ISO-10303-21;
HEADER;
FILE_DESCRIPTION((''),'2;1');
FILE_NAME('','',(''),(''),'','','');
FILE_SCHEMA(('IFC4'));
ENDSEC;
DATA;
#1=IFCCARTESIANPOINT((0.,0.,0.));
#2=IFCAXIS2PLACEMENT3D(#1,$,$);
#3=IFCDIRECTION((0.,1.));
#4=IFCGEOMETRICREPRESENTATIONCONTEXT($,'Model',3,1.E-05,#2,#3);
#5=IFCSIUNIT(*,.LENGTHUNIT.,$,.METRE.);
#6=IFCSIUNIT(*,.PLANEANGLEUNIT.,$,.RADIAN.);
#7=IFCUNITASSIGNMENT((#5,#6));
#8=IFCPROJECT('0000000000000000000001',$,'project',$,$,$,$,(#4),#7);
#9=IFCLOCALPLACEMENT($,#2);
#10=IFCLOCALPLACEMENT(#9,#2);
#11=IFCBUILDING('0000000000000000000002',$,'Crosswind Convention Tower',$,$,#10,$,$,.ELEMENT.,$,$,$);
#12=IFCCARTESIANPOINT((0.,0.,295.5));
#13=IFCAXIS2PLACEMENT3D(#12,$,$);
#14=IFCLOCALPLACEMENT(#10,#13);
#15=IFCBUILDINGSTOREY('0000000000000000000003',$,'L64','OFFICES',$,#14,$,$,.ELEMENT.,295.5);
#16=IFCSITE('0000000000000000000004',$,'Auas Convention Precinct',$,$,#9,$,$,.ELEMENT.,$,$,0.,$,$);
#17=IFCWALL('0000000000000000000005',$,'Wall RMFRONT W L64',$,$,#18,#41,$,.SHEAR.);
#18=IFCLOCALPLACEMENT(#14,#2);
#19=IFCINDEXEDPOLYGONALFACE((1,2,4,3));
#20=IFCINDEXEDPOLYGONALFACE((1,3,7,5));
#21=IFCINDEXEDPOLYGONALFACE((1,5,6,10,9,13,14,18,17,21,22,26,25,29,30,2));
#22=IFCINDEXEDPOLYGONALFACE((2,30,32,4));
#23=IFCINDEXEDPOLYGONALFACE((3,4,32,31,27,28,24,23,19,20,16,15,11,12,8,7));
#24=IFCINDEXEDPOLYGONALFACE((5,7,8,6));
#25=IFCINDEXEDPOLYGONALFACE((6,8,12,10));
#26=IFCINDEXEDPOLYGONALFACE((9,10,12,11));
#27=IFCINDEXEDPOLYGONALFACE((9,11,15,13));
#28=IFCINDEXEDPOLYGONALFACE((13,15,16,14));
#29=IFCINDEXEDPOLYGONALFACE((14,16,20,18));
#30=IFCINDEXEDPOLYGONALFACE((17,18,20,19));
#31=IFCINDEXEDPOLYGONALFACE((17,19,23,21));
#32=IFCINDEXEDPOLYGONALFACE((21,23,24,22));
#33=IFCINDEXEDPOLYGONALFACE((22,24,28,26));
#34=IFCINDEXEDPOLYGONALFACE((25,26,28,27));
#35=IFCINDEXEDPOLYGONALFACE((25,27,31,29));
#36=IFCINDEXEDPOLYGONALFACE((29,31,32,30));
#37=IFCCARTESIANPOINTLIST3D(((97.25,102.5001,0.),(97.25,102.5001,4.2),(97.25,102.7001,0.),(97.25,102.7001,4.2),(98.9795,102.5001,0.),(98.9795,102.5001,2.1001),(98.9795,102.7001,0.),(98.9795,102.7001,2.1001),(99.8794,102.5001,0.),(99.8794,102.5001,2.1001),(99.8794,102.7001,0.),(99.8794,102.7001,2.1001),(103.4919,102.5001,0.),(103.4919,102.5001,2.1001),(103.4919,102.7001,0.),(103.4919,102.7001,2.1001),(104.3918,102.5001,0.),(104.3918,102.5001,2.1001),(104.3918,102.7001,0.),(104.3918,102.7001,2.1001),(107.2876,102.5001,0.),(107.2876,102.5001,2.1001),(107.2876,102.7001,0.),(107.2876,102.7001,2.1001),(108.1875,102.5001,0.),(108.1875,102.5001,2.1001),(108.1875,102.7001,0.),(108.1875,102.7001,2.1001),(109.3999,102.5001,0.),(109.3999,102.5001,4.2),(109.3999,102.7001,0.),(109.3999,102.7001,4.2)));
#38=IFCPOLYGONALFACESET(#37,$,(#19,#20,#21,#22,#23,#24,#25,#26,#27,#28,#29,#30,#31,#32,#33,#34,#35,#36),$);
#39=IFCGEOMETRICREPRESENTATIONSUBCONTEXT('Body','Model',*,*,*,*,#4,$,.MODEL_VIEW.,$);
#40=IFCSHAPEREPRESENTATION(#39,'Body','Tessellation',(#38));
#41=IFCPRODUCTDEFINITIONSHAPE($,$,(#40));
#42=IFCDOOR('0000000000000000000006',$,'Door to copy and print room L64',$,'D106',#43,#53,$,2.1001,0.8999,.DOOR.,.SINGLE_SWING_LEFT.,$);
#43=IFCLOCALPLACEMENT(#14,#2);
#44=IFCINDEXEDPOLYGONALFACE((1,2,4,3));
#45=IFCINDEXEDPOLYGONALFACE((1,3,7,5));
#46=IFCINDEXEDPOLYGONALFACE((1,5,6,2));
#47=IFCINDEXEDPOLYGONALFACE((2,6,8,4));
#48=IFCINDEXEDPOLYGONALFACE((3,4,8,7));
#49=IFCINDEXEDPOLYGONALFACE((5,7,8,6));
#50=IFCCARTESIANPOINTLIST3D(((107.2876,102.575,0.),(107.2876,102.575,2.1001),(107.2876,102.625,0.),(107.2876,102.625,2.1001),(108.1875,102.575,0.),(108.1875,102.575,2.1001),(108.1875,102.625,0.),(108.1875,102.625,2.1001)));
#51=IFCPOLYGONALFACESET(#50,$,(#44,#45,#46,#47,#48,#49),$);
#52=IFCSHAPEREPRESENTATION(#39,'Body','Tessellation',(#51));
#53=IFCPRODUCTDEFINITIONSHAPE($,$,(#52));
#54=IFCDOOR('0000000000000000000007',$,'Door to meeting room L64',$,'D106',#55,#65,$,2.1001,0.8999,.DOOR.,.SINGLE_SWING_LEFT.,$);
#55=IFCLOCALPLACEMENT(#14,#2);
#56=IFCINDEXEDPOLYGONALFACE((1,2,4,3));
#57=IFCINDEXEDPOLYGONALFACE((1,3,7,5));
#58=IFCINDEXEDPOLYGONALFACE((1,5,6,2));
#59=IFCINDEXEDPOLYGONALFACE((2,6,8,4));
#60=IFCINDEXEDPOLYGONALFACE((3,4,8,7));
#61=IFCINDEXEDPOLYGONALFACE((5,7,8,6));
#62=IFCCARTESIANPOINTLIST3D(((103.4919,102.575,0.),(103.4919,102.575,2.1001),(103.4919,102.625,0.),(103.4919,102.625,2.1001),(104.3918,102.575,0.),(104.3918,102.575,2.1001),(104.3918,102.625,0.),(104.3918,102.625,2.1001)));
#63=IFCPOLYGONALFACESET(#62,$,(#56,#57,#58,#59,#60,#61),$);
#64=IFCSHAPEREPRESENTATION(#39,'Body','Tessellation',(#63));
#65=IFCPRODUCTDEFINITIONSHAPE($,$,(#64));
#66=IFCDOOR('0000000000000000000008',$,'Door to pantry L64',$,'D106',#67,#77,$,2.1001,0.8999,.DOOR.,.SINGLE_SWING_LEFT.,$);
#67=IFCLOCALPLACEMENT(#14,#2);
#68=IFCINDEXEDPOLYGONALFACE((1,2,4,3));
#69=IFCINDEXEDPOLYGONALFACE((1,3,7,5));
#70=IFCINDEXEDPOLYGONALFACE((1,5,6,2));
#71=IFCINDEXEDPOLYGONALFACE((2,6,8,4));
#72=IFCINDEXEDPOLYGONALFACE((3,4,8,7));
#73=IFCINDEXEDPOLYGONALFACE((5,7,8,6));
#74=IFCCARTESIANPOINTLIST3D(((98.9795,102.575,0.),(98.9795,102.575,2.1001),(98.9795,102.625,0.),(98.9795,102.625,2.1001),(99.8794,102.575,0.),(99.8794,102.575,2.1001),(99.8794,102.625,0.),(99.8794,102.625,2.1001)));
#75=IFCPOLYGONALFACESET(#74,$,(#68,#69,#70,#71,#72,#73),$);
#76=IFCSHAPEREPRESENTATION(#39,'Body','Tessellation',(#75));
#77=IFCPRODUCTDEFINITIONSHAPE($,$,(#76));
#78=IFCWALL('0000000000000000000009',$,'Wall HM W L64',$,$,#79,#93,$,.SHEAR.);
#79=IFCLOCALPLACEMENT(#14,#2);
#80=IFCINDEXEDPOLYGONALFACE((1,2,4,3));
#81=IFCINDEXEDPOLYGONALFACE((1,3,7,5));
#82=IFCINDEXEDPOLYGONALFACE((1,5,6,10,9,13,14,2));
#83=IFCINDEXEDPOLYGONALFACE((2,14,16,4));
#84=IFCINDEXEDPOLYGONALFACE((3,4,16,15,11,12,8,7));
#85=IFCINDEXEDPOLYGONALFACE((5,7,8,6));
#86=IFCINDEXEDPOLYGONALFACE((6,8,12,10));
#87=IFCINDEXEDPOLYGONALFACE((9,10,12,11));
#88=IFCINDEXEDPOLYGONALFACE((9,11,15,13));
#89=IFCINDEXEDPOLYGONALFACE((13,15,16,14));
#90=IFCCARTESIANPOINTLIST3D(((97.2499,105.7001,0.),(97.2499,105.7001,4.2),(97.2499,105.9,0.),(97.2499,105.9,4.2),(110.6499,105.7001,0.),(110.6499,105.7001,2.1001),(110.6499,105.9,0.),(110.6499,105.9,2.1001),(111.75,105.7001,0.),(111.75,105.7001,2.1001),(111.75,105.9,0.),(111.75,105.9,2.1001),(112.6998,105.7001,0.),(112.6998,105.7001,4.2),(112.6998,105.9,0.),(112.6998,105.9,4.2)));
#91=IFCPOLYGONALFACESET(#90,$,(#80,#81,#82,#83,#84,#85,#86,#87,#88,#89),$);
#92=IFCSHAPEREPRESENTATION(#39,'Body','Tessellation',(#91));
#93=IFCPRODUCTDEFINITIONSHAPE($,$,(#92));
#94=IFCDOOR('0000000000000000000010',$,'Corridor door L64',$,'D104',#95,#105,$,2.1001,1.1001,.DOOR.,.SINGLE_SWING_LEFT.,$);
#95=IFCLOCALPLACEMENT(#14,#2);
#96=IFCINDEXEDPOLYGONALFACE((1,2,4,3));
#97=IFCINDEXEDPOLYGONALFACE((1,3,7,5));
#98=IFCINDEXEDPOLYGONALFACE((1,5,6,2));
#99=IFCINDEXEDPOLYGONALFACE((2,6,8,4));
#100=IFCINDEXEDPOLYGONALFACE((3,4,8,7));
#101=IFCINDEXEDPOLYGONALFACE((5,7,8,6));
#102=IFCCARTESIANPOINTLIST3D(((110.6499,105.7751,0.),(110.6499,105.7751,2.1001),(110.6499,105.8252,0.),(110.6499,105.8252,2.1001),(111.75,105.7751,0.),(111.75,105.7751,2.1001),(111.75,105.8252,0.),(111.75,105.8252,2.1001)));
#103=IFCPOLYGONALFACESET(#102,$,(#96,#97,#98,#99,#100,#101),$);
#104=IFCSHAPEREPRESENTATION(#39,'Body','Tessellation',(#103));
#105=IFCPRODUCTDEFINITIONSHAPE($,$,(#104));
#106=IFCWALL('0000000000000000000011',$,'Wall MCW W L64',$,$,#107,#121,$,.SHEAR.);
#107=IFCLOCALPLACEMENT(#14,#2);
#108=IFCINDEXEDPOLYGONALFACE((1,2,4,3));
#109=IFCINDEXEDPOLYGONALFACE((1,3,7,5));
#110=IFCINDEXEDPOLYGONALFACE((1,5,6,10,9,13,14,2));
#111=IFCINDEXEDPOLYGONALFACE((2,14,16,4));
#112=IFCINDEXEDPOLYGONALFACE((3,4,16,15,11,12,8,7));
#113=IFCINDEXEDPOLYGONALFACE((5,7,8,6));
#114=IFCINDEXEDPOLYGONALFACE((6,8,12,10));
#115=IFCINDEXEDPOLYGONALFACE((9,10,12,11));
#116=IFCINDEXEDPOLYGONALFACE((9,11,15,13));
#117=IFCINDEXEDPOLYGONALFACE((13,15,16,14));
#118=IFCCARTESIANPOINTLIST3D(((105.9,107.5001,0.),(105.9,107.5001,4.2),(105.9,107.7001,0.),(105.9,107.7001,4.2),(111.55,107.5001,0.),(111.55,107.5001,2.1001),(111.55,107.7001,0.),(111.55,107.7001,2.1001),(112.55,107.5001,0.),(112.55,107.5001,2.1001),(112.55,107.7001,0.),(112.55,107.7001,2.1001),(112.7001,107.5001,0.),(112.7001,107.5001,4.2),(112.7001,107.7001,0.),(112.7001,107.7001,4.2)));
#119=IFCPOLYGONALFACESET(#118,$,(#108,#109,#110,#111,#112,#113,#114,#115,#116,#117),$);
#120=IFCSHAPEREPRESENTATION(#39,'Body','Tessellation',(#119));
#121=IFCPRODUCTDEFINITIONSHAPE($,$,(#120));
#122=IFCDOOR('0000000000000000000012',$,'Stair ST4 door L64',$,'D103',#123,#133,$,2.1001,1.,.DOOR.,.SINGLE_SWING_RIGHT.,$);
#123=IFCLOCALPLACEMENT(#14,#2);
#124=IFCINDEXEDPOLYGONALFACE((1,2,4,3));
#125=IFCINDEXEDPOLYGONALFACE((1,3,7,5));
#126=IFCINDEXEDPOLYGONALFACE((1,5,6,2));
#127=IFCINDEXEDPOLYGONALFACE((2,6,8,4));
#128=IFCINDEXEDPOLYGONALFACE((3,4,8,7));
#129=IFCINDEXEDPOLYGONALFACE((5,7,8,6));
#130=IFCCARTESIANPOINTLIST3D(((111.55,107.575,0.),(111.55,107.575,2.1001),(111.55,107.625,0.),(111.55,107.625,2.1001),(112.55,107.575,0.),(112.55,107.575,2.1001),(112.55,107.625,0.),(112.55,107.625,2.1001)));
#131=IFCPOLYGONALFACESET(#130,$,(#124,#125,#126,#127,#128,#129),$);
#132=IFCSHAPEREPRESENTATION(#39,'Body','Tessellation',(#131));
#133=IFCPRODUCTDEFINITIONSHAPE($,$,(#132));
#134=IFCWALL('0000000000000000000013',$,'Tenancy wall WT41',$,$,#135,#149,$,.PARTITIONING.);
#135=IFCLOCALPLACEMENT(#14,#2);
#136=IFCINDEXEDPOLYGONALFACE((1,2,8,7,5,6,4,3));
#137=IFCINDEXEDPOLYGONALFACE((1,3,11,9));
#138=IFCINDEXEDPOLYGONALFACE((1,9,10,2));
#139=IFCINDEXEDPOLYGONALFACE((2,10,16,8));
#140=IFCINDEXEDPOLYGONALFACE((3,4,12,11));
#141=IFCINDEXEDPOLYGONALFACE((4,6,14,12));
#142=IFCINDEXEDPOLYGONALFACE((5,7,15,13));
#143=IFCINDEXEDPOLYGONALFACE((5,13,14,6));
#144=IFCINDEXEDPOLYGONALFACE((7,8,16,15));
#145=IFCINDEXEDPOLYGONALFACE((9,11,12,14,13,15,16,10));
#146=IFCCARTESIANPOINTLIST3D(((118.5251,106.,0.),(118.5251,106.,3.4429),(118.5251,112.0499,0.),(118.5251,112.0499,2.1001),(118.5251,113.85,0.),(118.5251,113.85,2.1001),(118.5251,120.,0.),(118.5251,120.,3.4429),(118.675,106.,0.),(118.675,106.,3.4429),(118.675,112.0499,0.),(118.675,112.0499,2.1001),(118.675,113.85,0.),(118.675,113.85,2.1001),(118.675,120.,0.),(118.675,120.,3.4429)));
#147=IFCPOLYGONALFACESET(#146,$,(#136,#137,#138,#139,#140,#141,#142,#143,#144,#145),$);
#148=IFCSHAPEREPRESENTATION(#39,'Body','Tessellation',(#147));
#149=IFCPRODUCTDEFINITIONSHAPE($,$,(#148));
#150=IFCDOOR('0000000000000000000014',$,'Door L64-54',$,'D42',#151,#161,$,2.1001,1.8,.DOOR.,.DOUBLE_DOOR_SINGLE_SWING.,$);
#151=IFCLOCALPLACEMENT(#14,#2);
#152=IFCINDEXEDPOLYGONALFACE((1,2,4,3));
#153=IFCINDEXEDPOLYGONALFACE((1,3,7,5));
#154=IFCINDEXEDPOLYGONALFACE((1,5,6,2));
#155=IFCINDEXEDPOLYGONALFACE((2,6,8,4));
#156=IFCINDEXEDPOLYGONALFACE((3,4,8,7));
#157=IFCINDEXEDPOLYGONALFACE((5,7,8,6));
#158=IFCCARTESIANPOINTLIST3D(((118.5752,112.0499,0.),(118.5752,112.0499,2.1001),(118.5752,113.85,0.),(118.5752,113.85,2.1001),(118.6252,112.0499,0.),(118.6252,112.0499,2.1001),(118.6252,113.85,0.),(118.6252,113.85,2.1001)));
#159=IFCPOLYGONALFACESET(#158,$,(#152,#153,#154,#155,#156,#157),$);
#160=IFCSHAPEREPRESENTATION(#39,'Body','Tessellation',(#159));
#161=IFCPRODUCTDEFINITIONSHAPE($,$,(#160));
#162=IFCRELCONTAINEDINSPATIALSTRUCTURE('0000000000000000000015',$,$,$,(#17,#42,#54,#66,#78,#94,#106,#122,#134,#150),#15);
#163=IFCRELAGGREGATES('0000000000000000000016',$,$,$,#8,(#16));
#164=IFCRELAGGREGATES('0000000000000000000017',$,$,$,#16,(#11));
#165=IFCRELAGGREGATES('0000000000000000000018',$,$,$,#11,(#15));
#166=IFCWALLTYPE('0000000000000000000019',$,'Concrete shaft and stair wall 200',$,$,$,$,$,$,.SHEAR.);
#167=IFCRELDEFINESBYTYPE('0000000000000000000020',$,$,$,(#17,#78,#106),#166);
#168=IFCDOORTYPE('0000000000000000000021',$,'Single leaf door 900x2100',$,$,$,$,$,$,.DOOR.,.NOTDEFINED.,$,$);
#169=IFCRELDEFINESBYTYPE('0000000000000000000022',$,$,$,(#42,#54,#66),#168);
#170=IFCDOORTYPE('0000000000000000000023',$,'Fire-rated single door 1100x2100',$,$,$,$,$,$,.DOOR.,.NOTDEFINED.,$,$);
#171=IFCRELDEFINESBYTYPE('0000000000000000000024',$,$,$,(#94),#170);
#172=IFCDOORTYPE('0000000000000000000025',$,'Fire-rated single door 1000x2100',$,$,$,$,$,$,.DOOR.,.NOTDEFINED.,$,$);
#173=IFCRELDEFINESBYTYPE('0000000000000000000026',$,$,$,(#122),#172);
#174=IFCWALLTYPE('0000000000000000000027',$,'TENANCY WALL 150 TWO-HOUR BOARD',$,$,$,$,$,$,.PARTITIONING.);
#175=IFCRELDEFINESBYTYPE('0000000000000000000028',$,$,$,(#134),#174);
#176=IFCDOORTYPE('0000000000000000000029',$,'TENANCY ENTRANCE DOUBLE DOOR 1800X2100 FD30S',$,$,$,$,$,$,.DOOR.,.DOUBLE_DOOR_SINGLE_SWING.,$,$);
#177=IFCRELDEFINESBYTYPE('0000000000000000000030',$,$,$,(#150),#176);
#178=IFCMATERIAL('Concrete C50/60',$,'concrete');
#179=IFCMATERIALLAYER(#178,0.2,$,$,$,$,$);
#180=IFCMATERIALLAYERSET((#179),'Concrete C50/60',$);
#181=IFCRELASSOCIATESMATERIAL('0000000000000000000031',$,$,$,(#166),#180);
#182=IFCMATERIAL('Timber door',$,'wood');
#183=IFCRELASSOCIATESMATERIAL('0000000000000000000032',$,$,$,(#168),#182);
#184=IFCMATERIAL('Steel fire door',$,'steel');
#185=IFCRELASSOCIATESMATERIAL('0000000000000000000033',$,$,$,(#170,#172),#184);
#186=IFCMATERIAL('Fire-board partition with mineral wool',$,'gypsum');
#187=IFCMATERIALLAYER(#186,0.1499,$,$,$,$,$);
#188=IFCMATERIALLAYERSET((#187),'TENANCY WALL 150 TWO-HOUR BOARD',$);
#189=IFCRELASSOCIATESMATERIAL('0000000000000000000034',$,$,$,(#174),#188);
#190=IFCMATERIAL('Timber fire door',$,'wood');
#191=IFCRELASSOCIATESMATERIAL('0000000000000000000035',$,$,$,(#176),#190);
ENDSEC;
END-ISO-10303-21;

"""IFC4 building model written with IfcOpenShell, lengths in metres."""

from ifc_helpers import new_model, si_unit, direction, frame, frame_2d, origin, place, context, subcontext, project, spatial, rectangle, extrude, material, layer, layer_set, type_object, element, fill, save


model = new_model("IFC4")

# Units and contexts
model_context = context("Model", 3, precision=1e-05, world=origin(), true_north=direction((0.0, 1.0)))
body_context = subcontext(model_context, "Body", "Model", "MODEL_VIEW")
ifc_project = project(units=[si_unit("LENGTHUNIT", "METRE"), si_unit("PLANEANGLEUNIT", "RADIAN")], contexts=[model_context])

# Site, building, storey
site_placement = place(None, origin())
site = spatial("IfcSite", under=ifc_project, at=site_placement, Name="Auas Convention Precinct", CompositionType="ELEMENT", RefElevation=0.0)
building_placement = place(site_placement, origin())
building = spatial("IfcBuilding", under=site, at=building_placement, Name="Crosswind Convention Tower", CompositionType="ELEMENT")
storey_placement = place(building_placement, frame((0.0, 0.0, 295.5)))
storey = spatial("IfcBuildingStorey", under=building, at=storey_placement, Name="L64", Description="OFFICES", CompositionType="ELEMENT", Elevation=295.5)

# Shared definitions
ifc_material_1 = material(Name="Concrete C50/60", Category="concrete")

# Wall, openings, doors
ifc_layer_1 = layer(ifc_material_1, 0.2)
ifc_layer_set_1 = layer_set([ifc_layer_1], Name="Concrete C50/60")
wall_type_1 = type_object("IfcWallType", Name="Concrete shaft and stair wall 200", PredefinedType="SHEAR", material=ifc_layer_set_1)
wall_1_placement = place(storey_placement, frame((109.3999, 102.6001, 0.0), z_axis=(0.0, 0.0, 1.0), x_axis=(-1.0, 0.0, 0.0)))
wall_1 = element("IfcWall", 1, at=wall_1_placement, inside=storey, type_object=wall_type_1, Name="Wall RMFRONT W L64", PredefinedType="SHEAR", context=body_context, shape_type="SweptSolid", body=[
    extrude(rectangle(XDim=12.1499, YDim=0.2, at=frame_2d((6.075, 0.0))), origin(), (0.0, 0.0, 1.0), 4.2),
])
opening_1_placement = place(wall_1_placement, frame((1.2124, 0.0, 0.0)))
opening_1 = element("IfcOpeningElement", 2, at=opening_1_placement, cuts=wall_1, PredefinedType="OPENING", context=body_context, shape_type="SweptSolid", body=[
    extrude(rectangle(XDim=0.8999, YDim=2.1001, at=frame_2d((0.45, 1.05))), frame((0.0, 0.1099, 0.0), z_axis=(0.0, -1.0, 0.0), x_axis=(1.0, 0.0, 0.0)), (0.0, 0.0, 1.0), 0.22),
])
opening_2_placement = place(wall_1_placement, frame((5.0081, 0.0, 0.0)))
opening_2 = element("IfcOpeningElement", 3, at=opening_2_placement, cuts=wall_1, PredefinedType="OPENING", context=body_context, shape_type="SweptSolid", body=[
    extrude(rectangle(XDim=0.8999, YDim=2.1001, at=frame_2d((0.45, 1.05))), frame((0.0, 0.1099, 0.0), z_axis=(0.0, -1.0, 0.0), x_axis=(1.0, 0.0, 0.0)), (0.0, 0.0, 1.0), 0.22),
])
opening_3_placement = place(wall_1_placement, frame((9.5205, 0.0, 0.0)))
opening_3 = element("IfcOpeningElement", 4, at=opening_3_placement, cuts=wall_1, PredefinedType="OPENING", context=body_context, shape_type="SweptSolid", body=[
    extrude(rectangle(XDim=0.8999, YDim=2.1001, at=frame_2d((0.45, 1.05))), frame((0.0, 0.1099, 0.0), z_axis=(0.0, -1.0, 0.0), x_axis=(1.0, 0.0, 0.0)), (0.0, 0.0, 1.0), 0.22),
])
ifc_material_2 = material(Name="Timber door", Category="wood")
door_type_1 = type_object("IfcDoorType", Name="Single leaf door 900x2100", OperationType="NOTDEFINED", PredefinedType="DOOR", material=ifc_material_2)
door_1_placement = place(opening_1_placement, frame((0.8999, 0.0, 0.0), z_axis=(0.0, 0.0, 1.0), x_axis=(-1.0, 0.0, 0.0)))
door_1 = element("IfcDoor", 5, at=door_1_placement, inside=storey, type_object=door_type_1, Name="Door to copy and print room L64", ObjectType="D106", OperationType="SINGLE_SWING_LEFT", OverallHeight=2.1001, OverallWidth=0.8999, PredefinedType="DOOR", context=body_context, shape_type="SweptSolid", body=[
    extrude(rectangle(XDim=0.8999, YDim=2.1001, at=frame_2d((0.45, 1.05))), frame((0.0, 0.0249, 0.0), z_axis=(0.0, -1.0, 0.0), x_axis=(1.0, 0.0, 0.0)), (0.0, 0.0, 1.0), 0.05),
])
fill(opening_1, door_1)
door_2_placement = place(opening_2_placement, frame((0.8999, 0.0, 0.0), z_axis=(0.0, 0.0, 1.0), x_axis=(-1.0, 0.0, 0.0)))
door_2 = element("IfcDoor", 6, at=door_2_placement, inside=storey, type_object=door_type_1, Name="Door to meeting room L64", ObjectType="D106", OperationType="SINGLE_SWING_LEFT", OverallHeight=2.1001, OverallWidth=0.8999, PredefinedType="DOOR", context=body_context, shape_type="SweptSolid", body=[
    extrude(rectangle(XDim=0.8999, YDim=2.1001, at=frame_2d((0.45, 1.05))), frame((0.0, 0.0249, 0.0), z_axis=(0.0, -1.0, 0.0), x_axis=(1.0, 0.0, 0.0)), (0.0, 0.0, 1.0), 0.05),
])
fill(opening_2, door_2)
door_3_placement = place(opening_3_placement, frame((0.8999, 0.0, 0.0), z_axis=(0.0, 0.0, 1.0), x_axis=(-1.0, 0.0, 0.0)))
door_3 = element("IfcDoor", 7, at=door_3_placement, inside=storey, type_object=door_type_1, Name="Door to pantry L64", ObjectType="D106", OperationType="SINGLE_SWING_LEFT", OverallHeight=2.1001, OverallWidth=0.8999, PredefinedType="DOOR", context=body_context, shape_type="SweptSolid", body=[
    extrude(rectangle(XDim=0.8999, YDim=2.1001, at=frame_2d((0.45, 1.05))), frame((0.0, 0.0249, 0.0), z_axis=(0.0, -1.0, 0.0), x_axis=(1.0, 0.0, 0.0)), (0.0, 0.0, 1.0), 0.05),
])
fill(opening_3, door_3)

# Walls, openings, doors
wall_2_placement = place(storey_placement, frame((112.7, 105.8, 0.0), z_axis=(0.0, 0.0, 1.0), x_axis=(-1.0, 0.0, 0.0)))
wall_2 = element("IfcWall", 8, at=wall_2_placement, inside=storey, type_object=wall_type_1, Name="Wall HM W L64", PredefinedType="SHEAR", context=body_context, shape_type="SweptSolid", body=[
    extrude(rectangle(XDim=15.45, YDim=0.2, at=frame_2d((7.7251, 0.0))), origin(), (0.0, 0.0, 1.0), 4.2),
])
opening_4_placement = place(wall_2_placement, frame((0.95, 0.0, 0.0)))
opening_4 = element("IfcOpeningElement", 9, at=opening_4_placement, cuts=wall_2, PredefinedType="OPENING", context=body_context, shape_type="SweptSolid", body=[
    extrude(rectangle(XDim=1.1001, YDim=2.1001, at=frame_2d((0.55, 1.05))), frame((0.0, 0.1099, 0.0), z_axis=(0.0, -1.0, 0.0), x_axis=(1.0, 0.0, 0.0)), (0.0, 0.0, 1.0), 0.22),
])
ifc_material_3 = material(Name="Steel fire door", Category="steel")
door_type_2 = type_object("IfcDoorType", Name="Fire-rated single door 1100x2100", OperationType="NOTDEFINED", PredefinedType="DOOR", material=ifc_material_3)
door_4_placement = place(opening_4_placement, origin())
door_4 = element("IfcDoor", 10, at=door_4_placement, inside=storey, type_object=door_type_2, Name="Corridor door L64", ObjectType="D104", OperationType="SINGLE_SWING_LEFT", OverallHeight=2.1001, OverallWidth=1.1001, PredefinedType="DOOR", context=body_context, shape_type="SweptSolid", body=[
    extrude(rectangle(XDim=1.1001, YDim=2.1001, at=frame_2d((0.55, 1.05))), frame((0.0, 0.0249, 0.0), z_axis=(0.0, -1.0, 0.0), x_axis=(1.0, 0.0, 0.0)), (0.0, 0.0, 1.0), 0.05),
])
fill(opening_4, door_4)
wall_3_placement = place(storey_placement, frame((112.7, 107.6001, 0.0), z_axis=(0.0, 0.0, 1.0), x_axis=(-1.0, 0.0, 0.0)))
wall_3 = element("IfcWall", 11, at=wall_3_placement, inside=storey, type_object=wall_type_1, Name="Wall MCW W L64", PredefinedType="SHEAR", context=body_context, shape_type="SweptSolid", body=[
    extrude(rectangle(XDim=6.8, YDim=0.2, at=frame_2d((3.3999, 0.0))), origin(), (0.0, 0.0, 1.0), 4.2),
])
opening_5_placement = place(wall_3_placement, frame((0.1499, 0.0, 0.0)))
opening_5 = element("IfcOpeningElement", 12, at=opening_5_placement, cuts=wall_3, PredefinedType="OPENING", context=body_context, shape_type="SweptSolid", body=[
    extrude(rectangle(XDim=1.0, YDim=2.1001, at=frame_2d((0.5, 1.05))), frame((0.0, 0.1099, 0.0), z_axis=(0.0, -1.0, 0.0), x_axis=(1.0, 0.0, 0.0)), (0.0, 0.0, 1.0), 0.22),
])
door_type_3 = type_object("IfcDoorType", Name="Fire-rated single door 1000x2100", OperationType="NOTDEFINED", PredefinedType="DOOR", material=ifc_material_3)
door_5_placement = place(opening_5_placement, frame((1.0, 0.0, 0.0), z_axis=(0.0, 0.0, 1.0), x_axis=(-1.0, 0.0, 0.0)))
door_5 = element("IfcDoor", 13, at=door_5_placement, inside=storey, type_object=door_type_3, Name="Stair ST4 door L64", ObjectType="D103", OperationType="SINGLE_SWING_RIGHT", OverallHeight=2.1001, OverallWidth=1.0, PredefinedType="DOOR", context=body_context, shape_type="SweptSolid", body=[
    extrude(rectangle(XDim=1.0, YDim=2.1001, at=frame_2d((0.5, 1.05))), frame((0.0, 0.0249, 0.0), z_axis=(0.0, -1.0, 0.0), x_axis=(1.0, 0.0, 0.0)), (0.0, 0.0, 1.0), 0.05),
])
fill(opening_5, door_5)
ifc_material_4 = material(Name="Fire-board partition with mineral wool", Category="gypsum")
ifc_layer_2 = layer(ifc_material_4, 0.1499)
ifc_layer_set_2 = layer_set([ifc_layer_2], Name="TENANCY WALL 150 TWO-HOUR BOARD")
wall_type_2 = type_object("IfcWallType", Name="TENANCY WALL 150 TWO-HOUR BOARD", PredefinedType="PARTITIONING", material=ifc_layer_set_2)
wall_4_placement = place(storey_placement, frame((118.6001, 106.0, 0.0), z_axis=(0.0, 0.0, 1.0), x_axis=(0.0, 1.0, 0.0)))
wall_4 = element("IfcWall", 14, at=wall_4_placement, inside=storey, type_object=wall_type_2, Name="Tenancy wall WT41", PredefinedType="PARTITIONING", context=body_context, shape_type="SweptSolid", body=[
    extrude(rectangle(XDim=14.0, YDim=0.1499, at=frame_2d((7.0, 0.0))), origin(), (0.0, 0.0, 1.0), 3.4429),
])
opening_6_placement = place(wall_4_placement, frame((6.05, 0.0, 0.0)))
opening_6 = element("IfcOpeningElement", 15, at=opening_6_placement, cuts=wall_4, PredefinedType="OPENING", context=body_context, shape_type="SweptSolid", body=[
    extrude(rectangle(XDim=1.8, YDim=2.1001, at=frame_2d((0.8999, 1.05))), frame((0.0, 0.085, 0.0), z_axis=(0.0, -1.0, 0.0), x_axis=(1.0, 0.0, 0.0)), (0.0, 0.0, 1.0), 0.1699),
])
ifc_material_5 = material(Name="Timber fire door", Category="wood")
door_type_4 = type_object("IfcDoorType", Name="TENANCY ENTRANCE DOUBLE DOOR 1800X2100 FD30S", OperationType="DOUBLE_DOOR_SINGLE_SWING", PredefinedType="DOOR", material=ifc_material_5)
door_6_placement = place(opening_6_placement, origin())
door_6 = element("IfcDoor", 16, at=door_6_placement, inside=storey, type_object=door_type_4, Name="Door L64-54", ObjectType="D42", OperationType="DOUBLE_DOOR_SINGLE_SWING", OverallHeight=2.1001, OverallWidth=1.8, PredefinedType="DOOR", context=body_context, shape_type="SweptSolid", body=[
    extrude(rectangle(XDim=1.8, YDim=2.1001, at=frame_2d((0.8999, 1.05))), frame((0.0, 0.0249, 0.0), z_axis=(0.0, -1.0, 0.0), x_axis=(1.0, 0.0, 0.0)), (0.0, 0.0, 1.0), 0.05),
])
fill(opening_6, door_6)

save(model, "model.ifc")
